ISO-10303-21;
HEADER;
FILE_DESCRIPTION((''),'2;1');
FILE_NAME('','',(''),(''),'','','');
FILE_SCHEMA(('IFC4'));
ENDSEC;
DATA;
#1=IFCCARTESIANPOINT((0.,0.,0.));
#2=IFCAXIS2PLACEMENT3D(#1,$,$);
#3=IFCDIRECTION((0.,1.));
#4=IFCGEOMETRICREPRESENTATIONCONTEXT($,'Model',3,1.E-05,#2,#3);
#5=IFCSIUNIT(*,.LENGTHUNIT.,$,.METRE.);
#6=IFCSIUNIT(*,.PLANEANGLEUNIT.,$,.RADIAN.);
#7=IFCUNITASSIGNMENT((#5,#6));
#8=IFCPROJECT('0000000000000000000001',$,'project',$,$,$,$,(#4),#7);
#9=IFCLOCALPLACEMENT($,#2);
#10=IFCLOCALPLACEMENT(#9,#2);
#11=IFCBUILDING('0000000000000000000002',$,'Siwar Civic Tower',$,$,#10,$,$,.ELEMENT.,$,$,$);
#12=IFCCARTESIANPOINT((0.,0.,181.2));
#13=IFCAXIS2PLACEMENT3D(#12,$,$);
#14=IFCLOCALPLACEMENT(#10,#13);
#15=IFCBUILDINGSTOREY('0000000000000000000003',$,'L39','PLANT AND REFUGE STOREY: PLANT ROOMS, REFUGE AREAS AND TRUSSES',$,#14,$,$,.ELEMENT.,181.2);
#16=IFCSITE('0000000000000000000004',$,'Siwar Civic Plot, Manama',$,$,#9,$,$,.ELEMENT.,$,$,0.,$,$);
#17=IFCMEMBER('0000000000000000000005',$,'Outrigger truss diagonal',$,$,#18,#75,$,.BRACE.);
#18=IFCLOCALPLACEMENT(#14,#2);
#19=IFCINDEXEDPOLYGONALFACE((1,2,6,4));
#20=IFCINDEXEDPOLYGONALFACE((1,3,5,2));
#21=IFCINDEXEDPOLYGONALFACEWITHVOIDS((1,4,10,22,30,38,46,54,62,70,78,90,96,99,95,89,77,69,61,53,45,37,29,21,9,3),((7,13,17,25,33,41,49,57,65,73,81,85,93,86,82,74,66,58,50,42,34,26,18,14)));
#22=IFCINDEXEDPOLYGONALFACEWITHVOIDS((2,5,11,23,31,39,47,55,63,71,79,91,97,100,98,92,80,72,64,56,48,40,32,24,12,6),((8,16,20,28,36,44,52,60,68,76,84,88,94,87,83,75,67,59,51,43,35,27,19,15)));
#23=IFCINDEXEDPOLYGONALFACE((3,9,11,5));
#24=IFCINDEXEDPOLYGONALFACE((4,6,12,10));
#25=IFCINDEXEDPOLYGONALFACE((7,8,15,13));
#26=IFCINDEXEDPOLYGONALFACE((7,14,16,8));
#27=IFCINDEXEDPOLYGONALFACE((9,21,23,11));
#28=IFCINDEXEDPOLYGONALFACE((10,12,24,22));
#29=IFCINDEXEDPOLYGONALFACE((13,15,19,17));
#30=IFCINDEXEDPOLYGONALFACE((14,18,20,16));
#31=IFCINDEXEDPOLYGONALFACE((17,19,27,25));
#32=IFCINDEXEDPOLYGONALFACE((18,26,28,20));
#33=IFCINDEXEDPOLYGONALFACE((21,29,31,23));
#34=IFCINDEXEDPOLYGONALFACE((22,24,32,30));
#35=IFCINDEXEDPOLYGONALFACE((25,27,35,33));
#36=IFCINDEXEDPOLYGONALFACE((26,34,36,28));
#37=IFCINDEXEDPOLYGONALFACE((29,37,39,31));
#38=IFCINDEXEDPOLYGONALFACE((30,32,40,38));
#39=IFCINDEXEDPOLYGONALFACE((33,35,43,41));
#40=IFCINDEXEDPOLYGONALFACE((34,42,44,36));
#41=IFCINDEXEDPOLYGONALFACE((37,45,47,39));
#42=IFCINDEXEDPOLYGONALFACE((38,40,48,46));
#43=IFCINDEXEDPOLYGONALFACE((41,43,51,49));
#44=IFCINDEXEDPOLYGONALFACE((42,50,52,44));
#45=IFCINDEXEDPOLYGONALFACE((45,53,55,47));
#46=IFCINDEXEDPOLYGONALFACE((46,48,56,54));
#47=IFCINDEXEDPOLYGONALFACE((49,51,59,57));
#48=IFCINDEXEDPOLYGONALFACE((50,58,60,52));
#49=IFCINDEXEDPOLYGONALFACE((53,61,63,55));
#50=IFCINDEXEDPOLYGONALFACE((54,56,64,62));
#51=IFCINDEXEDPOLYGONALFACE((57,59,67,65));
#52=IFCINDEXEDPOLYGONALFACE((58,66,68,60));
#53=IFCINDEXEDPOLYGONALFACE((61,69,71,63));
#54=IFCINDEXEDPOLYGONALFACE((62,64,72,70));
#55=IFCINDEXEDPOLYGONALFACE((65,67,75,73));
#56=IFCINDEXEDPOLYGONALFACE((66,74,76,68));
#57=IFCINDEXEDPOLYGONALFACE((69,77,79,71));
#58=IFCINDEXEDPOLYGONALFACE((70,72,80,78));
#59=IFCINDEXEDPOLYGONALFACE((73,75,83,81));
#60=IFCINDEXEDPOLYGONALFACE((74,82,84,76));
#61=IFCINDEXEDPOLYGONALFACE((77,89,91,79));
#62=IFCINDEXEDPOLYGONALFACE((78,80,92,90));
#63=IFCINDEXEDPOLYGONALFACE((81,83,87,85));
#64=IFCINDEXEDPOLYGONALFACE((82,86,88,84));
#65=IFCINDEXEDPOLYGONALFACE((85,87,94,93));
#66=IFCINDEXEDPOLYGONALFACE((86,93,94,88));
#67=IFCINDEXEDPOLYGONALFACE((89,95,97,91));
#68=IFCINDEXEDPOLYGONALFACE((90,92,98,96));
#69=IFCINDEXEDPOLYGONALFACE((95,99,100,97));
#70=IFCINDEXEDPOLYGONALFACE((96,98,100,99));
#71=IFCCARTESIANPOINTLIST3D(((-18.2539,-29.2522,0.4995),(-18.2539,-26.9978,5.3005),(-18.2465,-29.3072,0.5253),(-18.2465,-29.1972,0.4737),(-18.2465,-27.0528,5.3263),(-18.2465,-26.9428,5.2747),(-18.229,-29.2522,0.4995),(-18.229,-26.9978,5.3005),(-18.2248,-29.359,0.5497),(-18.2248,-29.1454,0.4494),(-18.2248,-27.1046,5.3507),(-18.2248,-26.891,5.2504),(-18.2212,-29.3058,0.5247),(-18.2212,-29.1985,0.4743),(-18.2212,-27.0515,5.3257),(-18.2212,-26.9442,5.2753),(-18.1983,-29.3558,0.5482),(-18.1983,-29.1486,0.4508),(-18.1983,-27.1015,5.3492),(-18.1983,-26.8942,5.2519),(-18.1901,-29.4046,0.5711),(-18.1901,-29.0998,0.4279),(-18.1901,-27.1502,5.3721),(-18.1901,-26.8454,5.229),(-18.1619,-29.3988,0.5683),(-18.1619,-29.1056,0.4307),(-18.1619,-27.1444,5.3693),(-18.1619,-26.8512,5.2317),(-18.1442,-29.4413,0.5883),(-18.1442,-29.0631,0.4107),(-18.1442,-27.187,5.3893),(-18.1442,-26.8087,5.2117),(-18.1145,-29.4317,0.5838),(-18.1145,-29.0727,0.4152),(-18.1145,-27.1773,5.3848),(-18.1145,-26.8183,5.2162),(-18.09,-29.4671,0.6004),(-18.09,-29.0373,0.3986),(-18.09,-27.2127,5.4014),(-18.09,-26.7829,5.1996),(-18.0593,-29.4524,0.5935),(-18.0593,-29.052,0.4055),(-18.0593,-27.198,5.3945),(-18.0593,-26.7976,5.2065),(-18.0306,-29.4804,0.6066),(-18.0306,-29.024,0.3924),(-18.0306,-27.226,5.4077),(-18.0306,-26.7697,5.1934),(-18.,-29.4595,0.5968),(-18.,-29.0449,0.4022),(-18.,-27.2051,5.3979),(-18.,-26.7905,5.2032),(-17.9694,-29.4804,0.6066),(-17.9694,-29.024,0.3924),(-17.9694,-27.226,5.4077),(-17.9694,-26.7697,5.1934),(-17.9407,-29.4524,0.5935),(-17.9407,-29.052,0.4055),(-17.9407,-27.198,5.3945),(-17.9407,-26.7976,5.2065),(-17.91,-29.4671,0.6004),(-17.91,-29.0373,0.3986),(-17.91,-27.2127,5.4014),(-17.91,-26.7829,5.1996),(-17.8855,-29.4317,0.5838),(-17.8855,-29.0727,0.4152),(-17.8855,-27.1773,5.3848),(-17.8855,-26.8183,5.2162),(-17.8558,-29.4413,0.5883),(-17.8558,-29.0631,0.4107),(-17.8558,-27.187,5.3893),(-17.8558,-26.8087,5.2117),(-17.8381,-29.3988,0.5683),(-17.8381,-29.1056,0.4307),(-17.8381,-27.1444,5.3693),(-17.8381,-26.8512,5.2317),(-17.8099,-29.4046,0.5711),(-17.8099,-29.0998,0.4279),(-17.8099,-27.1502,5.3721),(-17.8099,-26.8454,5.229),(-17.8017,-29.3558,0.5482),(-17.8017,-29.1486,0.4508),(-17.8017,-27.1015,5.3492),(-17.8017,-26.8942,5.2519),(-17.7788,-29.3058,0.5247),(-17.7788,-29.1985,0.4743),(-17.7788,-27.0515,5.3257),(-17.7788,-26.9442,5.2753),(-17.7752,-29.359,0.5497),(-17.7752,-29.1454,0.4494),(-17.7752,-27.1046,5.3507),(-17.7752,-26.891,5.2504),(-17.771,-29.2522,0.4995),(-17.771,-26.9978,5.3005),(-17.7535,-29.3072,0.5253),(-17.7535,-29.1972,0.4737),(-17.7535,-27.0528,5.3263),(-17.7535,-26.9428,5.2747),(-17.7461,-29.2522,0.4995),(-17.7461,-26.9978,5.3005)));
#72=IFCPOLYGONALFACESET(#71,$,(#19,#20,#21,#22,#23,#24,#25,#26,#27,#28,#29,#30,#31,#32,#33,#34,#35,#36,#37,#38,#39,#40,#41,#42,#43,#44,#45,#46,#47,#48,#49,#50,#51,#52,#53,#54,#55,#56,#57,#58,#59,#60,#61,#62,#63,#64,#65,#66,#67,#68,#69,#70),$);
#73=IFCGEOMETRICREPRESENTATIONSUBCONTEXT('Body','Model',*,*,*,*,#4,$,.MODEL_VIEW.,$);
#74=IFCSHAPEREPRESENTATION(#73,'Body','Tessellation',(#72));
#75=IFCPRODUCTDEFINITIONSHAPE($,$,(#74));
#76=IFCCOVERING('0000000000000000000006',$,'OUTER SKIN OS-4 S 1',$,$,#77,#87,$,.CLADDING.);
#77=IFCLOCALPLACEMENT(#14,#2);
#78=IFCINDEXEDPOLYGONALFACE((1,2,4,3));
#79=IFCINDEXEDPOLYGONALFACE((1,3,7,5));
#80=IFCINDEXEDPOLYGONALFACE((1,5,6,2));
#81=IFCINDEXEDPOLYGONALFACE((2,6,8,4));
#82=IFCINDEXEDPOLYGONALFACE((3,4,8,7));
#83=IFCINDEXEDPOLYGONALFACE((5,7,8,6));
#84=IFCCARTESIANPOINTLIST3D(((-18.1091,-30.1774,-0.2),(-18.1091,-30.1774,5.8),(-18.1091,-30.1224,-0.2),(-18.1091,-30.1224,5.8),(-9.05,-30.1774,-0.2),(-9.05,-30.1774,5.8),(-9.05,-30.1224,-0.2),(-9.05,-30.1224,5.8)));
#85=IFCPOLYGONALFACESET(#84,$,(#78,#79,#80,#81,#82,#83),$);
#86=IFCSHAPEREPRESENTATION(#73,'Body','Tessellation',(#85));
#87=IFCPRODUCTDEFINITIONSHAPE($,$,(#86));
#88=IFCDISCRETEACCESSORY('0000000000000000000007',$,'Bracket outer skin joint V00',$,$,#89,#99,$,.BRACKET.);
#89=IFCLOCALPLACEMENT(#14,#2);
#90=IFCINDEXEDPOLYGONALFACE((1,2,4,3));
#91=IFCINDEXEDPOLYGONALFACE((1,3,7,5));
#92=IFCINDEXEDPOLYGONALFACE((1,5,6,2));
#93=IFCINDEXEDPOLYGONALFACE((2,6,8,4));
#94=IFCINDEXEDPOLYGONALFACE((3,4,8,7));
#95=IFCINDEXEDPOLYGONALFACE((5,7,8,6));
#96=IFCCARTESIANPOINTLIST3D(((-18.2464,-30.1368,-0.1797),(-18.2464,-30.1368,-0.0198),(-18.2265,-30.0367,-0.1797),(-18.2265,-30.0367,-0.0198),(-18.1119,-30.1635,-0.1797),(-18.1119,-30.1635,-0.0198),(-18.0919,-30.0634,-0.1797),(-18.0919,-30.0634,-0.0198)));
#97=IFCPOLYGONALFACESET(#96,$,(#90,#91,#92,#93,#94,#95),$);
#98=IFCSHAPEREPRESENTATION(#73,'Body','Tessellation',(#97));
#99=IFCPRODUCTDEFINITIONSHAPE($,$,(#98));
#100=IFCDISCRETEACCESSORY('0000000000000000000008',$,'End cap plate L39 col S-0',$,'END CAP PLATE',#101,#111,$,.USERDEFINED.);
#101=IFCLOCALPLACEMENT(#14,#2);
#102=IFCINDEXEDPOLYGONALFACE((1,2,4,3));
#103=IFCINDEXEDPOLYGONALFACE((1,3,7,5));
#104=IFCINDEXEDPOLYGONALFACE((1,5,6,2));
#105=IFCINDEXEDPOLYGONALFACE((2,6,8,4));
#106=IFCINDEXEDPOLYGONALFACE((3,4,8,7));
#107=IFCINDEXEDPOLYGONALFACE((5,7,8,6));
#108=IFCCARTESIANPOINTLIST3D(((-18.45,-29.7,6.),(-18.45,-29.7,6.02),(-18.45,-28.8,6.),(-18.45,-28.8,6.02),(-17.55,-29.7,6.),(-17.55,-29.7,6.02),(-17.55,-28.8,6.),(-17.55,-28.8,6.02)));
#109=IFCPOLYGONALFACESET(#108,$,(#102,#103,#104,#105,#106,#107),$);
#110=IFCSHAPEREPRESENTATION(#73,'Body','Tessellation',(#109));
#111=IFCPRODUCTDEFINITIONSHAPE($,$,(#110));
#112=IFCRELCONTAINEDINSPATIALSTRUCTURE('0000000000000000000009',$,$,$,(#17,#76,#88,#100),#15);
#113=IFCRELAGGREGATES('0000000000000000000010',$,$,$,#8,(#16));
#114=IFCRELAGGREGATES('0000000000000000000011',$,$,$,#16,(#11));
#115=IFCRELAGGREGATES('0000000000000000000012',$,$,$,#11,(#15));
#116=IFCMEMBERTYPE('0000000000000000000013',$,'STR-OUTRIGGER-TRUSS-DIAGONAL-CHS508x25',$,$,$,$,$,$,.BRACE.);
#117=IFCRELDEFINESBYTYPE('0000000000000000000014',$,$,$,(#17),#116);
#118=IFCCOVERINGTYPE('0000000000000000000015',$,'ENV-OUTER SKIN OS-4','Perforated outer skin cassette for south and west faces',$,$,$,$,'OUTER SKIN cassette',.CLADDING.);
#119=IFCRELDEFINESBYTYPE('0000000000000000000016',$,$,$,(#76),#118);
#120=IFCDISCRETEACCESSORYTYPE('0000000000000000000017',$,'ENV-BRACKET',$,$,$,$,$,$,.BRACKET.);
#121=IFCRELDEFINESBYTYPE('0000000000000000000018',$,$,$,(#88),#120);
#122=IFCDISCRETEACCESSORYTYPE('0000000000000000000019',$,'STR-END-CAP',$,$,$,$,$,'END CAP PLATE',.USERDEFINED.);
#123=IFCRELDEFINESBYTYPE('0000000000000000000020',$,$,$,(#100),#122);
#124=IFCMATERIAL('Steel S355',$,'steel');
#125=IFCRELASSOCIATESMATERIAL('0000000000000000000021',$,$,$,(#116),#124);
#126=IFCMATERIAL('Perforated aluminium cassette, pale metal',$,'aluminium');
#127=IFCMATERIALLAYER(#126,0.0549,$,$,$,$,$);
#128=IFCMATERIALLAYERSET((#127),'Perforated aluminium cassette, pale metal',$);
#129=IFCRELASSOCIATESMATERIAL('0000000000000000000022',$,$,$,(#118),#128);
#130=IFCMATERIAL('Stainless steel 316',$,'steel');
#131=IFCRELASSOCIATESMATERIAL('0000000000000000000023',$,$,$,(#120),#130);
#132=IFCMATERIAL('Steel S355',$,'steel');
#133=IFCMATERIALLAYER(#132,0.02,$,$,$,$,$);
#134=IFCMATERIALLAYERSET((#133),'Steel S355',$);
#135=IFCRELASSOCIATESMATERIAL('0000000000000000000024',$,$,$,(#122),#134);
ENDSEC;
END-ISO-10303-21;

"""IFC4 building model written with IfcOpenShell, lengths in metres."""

from ifc_helpers import new_model, si_unit, direction, frame, origin, origin_2d, place, context, subcontext, project, spatial, rectangle, hollow_circle, extrude, material, layer, layer_set, material_profile, profile_set, type_object, element, save


model = new_model("IFC4")

# Units and contexts
model_context = context("Model", 3, precision=1e-05, world=origin(), true_north=direction((0.0, 1.0)))
body_context = subcontext(model_context, "Body", "Model", "MODEL_VIEW")
ifc_project = project(units=[si_unit("LENGTHUNIT", "METRE"), si_unit("PLANEANGLEUNIT", "RADIAN")], contexts=[model_context])

# Site, building, storey
site_placement = place(None, origin())
site = spatial("IfcSite", under=ifc_project, at=site_placement, Name="Siwar Civic Plot, Manama", CompositionType="ELEMENT", RefElevation=0.0)
building_placement = place(site_placement, origin())
building = spatial("IfcBuilding", under=site, at=building_placement, Name="Siwar Civic Tower", CompositionType="ELEMENT")
storey_placement = place(building_placement, frame((0.0, 0.0, 181.2)))
storey = spatial("IfcBuildingStorey", under=building, at=storey_placement, Name="L39", Description="PLANT AND REFUGE STOREY: PLANT ROOMS, REFUGE AREAS AND TRUSSES", CompositionType="ELEMENT", Elevation=181.2)

# Member
ifc_material_1 = material(Name="Steel S355", Category="steel")
ifc_material_profile_1 = material_profile(ifc_material_1, hollow_circle(Radius=0.2539, WallThickness=0.0249, at=origin_2d()), Name="CHS508x25")
ifc_profile_set_1 = profile_set([ifc_material_profile_1], Name="Steel S355")
member_type_1 = type_object("IfcMemberType", Name="STR-OUTRIGGER-TRUSS-DIAGONAL-CHS508x25", PredefinedType="BRACE", material=ifc_profile_set_1)
member_1_placement = place(storey_placement, frame((-18.0, -29.2522, 0.4995), z_axis=(0.0, 0.425039, 0.905175), x_axis=(-1.0, 0.0, 0.0)))
element("IfcMember", 1, at=member_1_placement, inside=storey, type_object=member_type_1, Name="Outrigger truss diagonal", PredefinedType="BRACE", context=body_context, shape_type="SweptSolid", body=[
    extrude(hollow_circle(Radius=0.2539, WallThickness=0.0249, at=origin_2d()), origin(), (0.0, 0.0, 1.0), 5.304),
])

# Covering
ifc_material_2 = material(Name="Perforated aluminium cassette, pale metal", Category="aluminium")
ifc_layer_1 = layer(ifc_material_2, 0.0549)
ifc_layer_set_1 = layer_set([ifc_layer_1], Name="Perforated aluminium cassette, pale metal")
covering_type = type_object("IfcCoveringType", Name="ENV-OUTER SKIN OS-4", Description="Perforated outer skin cassette for south and west faces", ElementType="OUTER SKIN cassette", PredefinedType="CLADDING", material=ifc_layer_set_1)
covering_placement = place(storey_placement, frame((-13.5796, -30.1499, -0.2), z_axis=(0.0, 0.0, 1.0), x_axis=(1.0, 0.0, 0.0)))
element("IfcCovering", 2, at=covering_placement, inside=storey, type_object=covering_type, Name="OUTER SKIN OS-4 S 1", PredefinedType="CLADDING", context=body_context, shape_type="SweptSolid", body=[
    extrude(rectangle(XDim=9.0591, YDim=0.0549, at=origin_2d()), origin(), (0.0, 0.0, 1.0), 6.0),
])

# Discrete accessories
ifc_material_3 = material(Name="Stainless steel 316", Category="steel")
discrete_accessory_type_1 = type_object("IfcDiscreteAccessoryType", Name="ENV-BRACKET", PredefinedType="BRACKET", material=ifc_material_3)
discrete_accessory_1_placement = place(storey_placement, frame((-18.1692, -30.1001, -0.1797), z_axis=(0.0, 0.0, 1.0), x_axis=(-0.19509, -0.980785, 0.0)))
element("IfcDiscreteAccessory", 3, at=discrete_accessory_1_placement, inside=storey, type_object=discrete_accessory_type_1, Name="Bracket outer skin joint V00", PredefinedType="BRACKET", context=body_context, shape_type="SweptSolid", body=[
    extrude(rectangle(XDim=0.1021, YDim=0.1372, at=origin_2d()), origin(), (0.0, 0.0, 1.0), 0.1599),
])
ifc_material_4 = material(Name="Steel S355", Category="steel")
ifc_layer_2 = layer(ifc_material_4, 0.02)
ifc_layer_set_2 = layer_set([ifc_layer_2], Name="Steel S355")
discrete_accessory_type_2 = type_object("IfcDiscreteAccessoryType", Name="STR-END-CAP", ElementType="END CAP PLATE", PredefinedType="USERDEFINED", material=ifc_layer_set_2)
discrete_accessory_2_placement = place(storey_placement, frame((-18.0, -29.25, 6.0), z_axis=(0.0, 0.0, 1.0), x_axis=(1.0, 0.0, 0.0)))
element("IfcDiscreteAccessory", 4, at=discrete_accessory_2_placement, inside=storey, type_object=discrete_accessory_type_2, Name="End cap plate L39 col S-0", ObjectType="END CAP PLATE", PredefinedType="USERDEFINED", context=body_context, shape_type="SweptSolid", body=[
    extrude(rectangle(XDim=0.8999, YDim=0.8999, at=origin_2d()), origin(), (0.0, 0.0, 1.0), 0.02),
])

save(model, "model.ifc")
